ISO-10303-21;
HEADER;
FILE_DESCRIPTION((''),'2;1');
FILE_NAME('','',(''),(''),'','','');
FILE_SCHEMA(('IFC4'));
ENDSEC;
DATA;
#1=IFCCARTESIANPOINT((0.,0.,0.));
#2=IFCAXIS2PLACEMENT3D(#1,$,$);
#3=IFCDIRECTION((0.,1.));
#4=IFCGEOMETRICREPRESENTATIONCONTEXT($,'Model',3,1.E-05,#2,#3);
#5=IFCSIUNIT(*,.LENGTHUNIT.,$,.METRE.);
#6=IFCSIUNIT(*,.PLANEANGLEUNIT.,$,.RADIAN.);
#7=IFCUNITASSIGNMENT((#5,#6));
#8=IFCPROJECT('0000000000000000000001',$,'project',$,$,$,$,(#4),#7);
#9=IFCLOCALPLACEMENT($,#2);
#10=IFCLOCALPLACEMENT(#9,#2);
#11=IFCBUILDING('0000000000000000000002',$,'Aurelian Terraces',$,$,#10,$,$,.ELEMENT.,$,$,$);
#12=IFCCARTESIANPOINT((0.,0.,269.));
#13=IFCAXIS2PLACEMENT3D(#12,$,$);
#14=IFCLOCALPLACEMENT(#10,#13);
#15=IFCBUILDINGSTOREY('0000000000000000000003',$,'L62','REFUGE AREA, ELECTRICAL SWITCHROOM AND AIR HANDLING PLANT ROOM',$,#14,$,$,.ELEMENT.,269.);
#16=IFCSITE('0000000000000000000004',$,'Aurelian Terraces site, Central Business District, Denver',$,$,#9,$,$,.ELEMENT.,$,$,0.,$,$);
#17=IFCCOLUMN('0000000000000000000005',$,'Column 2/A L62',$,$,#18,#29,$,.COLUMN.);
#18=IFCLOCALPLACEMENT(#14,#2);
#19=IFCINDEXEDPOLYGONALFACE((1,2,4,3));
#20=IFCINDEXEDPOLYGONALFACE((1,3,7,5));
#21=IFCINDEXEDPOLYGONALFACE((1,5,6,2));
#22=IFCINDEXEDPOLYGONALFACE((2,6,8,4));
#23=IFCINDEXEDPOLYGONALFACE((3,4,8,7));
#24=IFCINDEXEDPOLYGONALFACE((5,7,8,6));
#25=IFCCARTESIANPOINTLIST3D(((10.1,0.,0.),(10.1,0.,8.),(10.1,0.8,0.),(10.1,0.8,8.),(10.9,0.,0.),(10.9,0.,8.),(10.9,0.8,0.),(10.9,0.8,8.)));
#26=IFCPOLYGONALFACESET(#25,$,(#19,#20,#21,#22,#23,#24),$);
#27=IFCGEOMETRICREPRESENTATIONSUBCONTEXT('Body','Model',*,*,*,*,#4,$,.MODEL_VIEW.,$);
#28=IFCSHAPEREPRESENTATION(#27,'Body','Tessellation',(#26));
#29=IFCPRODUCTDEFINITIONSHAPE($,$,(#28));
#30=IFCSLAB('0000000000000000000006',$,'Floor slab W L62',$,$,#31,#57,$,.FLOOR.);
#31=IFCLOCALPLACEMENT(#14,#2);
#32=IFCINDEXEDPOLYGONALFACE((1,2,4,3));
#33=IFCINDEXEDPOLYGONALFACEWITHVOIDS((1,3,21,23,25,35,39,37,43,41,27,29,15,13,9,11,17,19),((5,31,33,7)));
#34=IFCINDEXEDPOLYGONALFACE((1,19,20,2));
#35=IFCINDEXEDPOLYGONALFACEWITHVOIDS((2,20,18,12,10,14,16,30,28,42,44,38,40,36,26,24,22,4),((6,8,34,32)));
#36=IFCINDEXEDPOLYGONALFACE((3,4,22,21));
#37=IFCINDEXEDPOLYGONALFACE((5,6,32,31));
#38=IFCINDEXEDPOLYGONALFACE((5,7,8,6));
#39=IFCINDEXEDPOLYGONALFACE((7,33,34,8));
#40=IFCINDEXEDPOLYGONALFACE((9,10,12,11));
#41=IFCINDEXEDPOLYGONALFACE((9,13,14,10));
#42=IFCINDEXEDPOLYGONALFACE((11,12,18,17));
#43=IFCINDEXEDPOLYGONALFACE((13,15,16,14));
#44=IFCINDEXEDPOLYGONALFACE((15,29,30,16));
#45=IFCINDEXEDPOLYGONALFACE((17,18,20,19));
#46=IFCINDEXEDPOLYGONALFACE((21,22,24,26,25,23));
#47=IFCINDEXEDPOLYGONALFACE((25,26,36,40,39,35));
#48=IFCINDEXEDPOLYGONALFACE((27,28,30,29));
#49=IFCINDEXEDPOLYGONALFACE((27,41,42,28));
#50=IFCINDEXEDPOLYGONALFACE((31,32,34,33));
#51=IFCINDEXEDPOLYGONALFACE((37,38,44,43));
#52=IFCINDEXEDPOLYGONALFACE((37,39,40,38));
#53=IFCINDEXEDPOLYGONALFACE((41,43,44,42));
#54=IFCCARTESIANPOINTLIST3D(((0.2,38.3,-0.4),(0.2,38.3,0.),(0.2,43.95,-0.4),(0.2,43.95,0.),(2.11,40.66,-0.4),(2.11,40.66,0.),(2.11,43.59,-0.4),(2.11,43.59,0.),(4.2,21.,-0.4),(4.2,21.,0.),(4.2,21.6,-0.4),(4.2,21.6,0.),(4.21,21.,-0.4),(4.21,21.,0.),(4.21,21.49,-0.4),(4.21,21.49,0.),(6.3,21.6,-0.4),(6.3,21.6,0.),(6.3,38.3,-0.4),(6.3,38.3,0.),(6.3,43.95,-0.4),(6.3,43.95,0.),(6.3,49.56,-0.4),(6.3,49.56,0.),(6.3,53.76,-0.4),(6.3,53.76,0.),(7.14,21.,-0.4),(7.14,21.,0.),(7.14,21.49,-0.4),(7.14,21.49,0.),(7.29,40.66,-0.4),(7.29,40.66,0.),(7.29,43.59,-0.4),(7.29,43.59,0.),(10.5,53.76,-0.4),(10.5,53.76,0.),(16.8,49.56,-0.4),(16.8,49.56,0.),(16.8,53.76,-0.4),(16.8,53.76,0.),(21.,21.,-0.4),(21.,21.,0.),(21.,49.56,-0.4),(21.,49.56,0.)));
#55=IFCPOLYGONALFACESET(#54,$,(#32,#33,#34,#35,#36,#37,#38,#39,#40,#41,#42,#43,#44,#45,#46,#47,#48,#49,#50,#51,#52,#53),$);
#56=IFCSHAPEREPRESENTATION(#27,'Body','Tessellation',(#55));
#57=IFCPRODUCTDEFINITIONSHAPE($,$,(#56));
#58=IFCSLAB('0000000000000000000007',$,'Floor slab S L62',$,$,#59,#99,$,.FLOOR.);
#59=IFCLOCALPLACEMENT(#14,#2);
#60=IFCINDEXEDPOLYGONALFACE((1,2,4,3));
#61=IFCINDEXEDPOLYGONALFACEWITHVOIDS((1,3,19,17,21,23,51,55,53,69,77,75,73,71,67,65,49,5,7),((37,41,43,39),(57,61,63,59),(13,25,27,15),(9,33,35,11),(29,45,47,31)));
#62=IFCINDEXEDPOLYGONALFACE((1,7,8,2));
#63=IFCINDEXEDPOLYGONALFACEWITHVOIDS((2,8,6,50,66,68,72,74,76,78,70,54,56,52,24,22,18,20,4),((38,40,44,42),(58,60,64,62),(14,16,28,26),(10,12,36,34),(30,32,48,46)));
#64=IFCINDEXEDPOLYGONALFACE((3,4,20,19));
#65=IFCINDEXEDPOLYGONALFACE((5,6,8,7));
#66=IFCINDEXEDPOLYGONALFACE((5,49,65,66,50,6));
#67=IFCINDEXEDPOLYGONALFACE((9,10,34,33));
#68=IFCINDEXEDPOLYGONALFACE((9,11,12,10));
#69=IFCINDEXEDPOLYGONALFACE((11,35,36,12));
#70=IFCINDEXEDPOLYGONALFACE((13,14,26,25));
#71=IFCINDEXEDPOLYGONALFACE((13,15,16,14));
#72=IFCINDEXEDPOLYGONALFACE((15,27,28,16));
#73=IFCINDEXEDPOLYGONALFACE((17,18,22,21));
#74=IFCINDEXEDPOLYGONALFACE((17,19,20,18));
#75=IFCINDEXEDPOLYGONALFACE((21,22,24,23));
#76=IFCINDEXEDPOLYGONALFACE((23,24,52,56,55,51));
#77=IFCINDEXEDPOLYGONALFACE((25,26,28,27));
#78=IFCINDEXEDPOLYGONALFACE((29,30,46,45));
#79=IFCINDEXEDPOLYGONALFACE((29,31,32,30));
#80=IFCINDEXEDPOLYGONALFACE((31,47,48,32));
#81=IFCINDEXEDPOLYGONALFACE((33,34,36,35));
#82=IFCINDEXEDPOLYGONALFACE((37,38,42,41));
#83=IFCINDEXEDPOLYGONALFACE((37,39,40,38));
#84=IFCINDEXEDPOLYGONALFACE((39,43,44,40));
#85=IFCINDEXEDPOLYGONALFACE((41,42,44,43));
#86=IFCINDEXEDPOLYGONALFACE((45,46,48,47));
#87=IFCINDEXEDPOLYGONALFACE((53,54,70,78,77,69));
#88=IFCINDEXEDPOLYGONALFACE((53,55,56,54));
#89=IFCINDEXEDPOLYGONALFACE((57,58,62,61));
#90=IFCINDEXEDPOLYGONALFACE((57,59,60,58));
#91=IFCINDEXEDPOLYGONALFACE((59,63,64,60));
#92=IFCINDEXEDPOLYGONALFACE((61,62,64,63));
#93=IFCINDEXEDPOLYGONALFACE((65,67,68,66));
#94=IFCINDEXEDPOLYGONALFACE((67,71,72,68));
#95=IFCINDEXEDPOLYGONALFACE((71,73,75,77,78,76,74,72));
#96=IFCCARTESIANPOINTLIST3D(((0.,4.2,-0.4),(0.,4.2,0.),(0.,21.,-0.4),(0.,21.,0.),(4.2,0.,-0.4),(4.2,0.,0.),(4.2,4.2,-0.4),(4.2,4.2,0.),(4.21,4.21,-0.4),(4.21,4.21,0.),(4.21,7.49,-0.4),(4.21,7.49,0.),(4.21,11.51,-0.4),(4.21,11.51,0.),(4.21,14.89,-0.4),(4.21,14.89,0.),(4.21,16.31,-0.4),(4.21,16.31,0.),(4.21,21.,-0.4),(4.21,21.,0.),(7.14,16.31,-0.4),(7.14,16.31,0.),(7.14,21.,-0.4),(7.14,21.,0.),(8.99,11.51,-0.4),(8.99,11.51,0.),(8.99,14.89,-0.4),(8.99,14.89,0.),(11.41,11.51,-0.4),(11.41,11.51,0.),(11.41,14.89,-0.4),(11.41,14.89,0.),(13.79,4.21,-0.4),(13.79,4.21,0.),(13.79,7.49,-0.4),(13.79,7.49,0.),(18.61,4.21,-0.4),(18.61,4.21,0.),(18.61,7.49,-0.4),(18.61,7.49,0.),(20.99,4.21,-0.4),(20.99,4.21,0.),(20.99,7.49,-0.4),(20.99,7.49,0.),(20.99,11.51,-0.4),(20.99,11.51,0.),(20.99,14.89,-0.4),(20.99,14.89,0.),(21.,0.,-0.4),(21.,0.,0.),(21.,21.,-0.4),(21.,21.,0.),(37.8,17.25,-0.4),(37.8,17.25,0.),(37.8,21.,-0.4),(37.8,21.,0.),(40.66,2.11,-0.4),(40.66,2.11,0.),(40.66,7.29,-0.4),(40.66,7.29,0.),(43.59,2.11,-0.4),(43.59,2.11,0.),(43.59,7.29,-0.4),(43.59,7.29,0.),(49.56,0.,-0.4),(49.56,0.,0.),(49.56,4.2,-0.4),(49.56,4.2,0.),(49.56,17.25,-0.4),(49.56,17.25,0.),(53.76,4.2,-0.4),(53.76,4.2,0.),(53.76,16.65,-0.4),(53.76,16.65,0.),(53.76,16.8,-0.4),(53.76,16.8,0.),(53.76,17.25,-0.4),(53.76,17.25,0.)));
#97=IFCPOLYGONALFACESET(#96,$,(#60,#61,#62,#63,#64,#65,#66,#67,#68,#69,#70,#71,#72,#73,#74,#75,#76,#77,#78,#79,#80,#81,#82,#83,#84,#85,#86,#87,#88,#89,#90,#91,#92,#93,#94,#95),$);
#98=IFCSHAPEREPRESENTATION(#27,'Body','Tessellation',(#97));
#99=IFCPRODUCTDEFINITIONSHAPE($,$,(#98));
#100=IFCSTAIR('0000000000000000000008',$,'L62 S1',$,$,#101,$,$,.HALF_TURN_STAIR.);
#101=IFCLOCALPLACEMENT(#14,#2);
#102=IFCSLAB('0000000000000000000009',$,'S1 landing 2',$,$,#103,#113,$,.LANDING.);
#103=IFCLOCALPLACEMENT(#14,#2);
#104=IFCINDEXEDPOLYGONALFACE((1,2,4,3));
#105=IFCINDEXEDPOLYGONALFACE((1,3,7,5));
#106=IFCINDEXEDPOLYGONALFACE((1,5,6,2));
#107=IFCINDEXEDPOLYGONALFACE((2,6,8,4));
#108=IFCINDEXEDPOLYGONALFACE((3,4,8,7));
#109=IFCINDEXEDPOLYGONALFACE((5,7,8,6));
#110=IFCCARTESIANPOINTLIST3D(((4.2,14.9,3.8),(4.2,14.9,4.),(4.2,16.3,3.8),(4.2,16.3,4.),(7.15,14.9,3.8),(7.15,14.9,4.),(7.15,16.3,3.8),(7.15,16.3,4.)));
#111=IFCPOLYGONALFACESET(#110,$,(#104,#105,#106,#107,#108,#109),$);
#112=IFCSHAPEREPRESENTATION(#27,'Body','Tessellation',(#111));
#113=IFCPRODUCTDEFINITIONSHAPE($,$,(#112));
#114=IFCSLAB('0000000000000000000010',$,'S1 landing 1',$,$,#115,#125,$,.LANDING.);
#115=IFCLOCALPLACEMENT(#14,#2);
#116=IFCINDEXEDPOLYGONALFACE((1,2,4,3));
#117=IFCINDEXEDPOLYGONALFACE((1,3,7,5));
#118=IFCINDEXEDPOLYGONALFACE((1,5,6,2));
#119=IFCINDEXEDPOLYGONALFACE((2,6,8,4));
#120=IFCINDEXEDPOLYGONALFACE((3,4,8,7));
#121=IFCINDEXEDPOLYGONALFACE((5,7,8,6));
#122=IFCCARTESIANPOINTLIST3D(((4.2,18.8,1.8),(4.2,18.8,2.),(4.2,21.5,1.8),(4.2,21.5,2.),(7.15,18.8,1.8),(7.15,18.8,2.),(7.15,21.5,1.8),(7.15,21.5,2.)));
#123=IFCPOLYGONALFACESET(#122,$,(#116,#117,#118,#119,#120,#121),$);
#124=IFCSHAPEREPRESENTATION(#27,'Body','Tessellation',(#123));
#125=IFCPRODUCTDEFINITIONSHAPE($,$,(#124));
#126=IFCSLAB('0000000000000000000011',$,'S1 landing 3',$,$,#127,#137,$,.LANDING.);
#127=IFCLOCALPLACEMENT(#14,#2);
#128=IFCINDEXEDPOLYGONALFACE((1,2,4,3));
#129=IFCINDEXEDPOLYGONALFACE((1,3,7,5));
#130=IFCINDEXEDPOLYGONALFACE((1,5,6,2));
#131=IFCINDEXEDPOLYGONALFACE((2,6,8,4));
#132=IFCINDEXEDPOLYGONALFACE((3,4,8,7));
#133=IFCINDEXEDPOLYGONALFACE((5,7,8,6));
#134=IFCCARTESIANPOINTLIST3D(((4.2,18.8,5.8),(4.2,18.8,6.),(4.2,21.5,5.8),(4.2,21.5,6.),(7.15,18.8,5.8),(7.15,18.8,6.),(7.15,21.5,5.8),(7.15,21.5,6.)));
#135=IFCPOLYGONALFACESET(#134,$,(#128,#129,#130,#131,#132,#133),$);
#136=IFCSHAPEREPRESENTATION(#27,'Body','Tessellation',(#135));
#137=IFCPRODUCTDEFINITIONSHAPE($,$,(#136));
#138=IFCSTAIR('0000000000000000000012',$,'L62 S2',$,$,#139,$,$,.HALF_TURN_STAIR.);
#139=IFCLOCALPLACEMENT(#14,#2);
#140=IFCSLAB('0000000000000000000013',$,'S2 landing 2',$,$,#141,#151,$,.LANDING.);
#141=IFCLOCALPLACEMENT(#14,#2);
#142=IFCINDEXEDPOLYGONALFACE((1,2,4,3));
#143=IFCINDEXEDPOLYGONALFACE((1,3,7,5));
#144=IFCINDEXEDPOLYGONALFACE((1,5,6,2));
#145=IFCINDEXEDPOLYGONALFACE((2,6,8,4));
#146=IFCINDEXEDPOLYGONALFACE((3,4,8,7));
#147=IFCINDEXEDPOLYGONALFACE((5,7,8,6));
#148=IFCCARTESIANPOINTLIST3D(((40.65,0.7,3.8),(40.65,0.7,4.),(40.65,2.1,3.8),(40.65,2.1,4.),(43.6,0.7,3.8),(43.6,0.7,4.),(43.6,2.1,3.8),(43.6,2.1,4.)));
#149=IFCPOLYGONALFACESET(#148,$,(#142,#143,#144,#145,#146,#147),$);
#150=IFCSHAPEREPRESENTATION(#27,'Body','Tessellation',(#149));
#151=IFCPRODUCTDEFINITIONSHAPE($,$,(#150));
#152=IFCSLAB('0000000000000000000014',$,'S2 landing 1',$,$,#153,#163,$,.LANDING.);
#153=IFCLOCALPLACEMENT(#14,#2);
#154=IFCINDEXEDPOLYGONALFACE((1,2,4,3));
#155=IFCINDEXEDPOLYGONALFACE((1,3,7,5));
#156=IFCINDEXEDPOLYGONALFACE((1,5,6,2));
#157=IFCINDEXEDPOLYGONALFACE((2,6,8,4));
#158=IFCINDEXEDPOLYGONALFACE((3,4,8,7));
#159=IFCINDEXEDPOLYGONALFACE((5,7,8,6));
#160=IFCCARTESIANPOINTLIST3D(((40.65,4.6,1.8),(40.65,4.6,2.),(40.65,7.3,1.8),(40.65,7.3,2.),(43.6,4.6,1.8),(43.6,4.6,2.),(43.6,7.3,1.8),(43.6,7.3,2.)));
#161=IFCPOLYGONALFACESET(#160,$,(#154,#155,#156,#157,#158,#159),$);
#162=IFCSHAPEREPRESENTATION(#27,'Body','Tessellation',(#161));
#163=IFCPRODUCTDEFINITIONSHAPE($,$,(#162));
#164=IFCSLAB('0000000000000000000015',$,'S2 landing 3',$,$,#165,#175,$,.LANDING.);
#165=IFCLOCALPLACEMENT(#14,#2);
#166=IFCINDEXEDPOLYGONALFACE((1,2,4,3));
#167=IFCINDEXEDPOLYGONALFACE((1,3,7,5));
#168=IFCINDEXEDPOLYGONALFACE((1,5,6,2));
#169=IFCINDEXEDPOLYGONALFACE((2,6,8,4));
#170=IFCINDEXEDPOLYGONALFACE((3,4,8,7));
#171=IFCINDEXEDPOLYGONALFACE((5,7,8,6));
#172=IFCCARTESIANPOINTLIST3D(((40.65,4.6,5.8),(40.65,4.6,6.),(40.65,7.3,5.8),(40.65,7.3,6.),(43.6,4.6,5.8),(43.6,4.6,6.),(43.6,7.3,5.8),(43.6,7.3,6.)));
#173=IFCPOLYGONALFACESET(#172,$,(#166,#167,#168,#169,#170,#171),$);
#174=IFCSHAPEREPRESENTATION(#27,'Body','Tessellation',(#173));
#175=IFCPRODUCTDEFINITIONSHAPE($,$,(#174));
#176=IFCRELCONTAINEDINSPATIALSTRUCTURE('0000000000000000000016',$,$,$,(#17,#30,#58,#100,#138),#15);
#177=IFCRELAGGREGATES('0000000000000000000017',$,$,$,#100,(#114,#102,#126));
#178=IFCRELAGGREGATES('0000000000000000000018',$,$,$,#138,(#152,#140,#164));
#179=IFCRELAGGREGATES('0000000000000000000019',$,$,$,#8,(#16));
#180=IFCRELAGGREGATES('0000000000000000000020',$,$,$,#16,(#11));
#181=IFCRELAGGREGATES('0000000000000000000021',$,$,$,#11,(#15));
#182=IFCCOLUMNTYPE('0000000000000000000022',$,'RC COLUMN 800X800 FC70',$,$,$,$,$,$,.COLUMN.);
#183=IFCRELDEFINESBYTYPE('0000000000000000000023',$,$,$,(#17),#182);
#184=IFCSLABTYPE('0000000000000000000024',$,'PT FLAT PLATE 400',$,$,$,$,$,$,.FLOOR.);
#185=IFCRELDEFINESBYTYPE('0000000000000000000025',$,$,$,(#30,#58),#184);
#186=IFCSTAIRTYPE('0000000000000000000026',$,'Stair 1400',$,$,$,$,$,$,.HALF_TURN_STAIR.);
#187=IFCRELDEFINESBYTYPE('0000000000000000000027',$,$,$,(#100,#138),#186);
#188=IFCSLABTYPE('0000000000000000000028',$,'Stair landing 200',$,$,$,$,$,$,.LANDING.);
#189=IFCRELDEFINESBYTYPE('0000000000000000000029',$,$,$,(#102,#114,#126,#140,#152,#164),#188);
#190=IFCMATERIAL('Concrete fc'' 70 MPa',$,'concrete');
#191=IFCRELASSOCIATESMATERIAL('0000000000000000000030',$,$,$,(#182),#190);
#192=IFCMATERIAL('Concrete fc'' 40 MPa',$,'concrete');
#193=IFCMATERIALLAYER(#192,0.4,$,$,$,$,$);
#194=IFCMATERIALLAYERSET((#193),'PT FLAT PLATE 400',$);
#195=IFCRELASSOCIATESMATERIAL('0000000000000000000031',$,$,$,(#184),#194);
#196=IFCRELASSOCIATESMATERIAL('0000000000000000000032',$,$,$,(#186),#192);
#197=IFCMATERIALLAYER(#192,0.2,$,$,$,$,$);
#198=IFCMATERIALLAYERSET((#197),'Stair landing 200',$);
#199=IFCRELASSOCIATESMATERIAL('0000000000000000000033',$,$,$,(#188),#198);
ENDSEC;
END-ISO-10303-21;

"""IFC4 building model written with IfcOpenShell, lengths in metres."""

from ifc_helpers import new_model, si_unit, direction, frame, origin, origin_2d, place, context, subcontext, project, spatial, polyline, rectangle, outline, extrude, source, transform, mapped, material, layer, layer_set, material_profile, profile_set, type_object, element, aggregate, save


model = new_model("IFC4")

# Units and contexts
model_context = context("Model", 3, precision=1e-05, world=origin(), true_north=direction((0.0, 1.0)))
body_context = subcontext(model_context, "Body", "Model", "MODEL_VIEW")
ifc_project = project(units=[si_unit("LENGTHUNIT", "METRE"), si_unit("PLANEANGLEUNIT", "RADIAN")], contexts=[model_context])

# Site, building, storey
site_placement = place(None, origin())
site = spatial("IfcSite", under=ifc_project, at=site_placement, Name="Aurelian Terraces site, Central Business District, Denver", CompositionType="ELEMENT", RefElevation=0.0)
building_placement = place(site_placement, origin())
building = spatial("IfcBuilding", under=site, at=building_placement, Name="Aurelian Terraces", CompositionType="ELEMENT")
storey_placement = place(building_placement, frame((0.0, 0.0, 269.0)))
storey = spatial("IfcBuildingStorey", under=building, at=storey_placement, Name="L62", Description="REFUGE AREA, ELECTRICAL SWITCHROOM AND AIR HANDLING PLANT ROOM", CompositionType="ELEMENT", Elevation=269.0)

# Column
ifc_material_1 = material(Name="Concrete fc' 70 MPa", Category="concrete")
ifc_material_profile = material_profile(ifc_material_1, rectangle(XDim=0.8, YDim=0.8, at=origin_2d()))
ifc_profile_set = profile_set([ifc_material_profile], Name="Concrete fc' 70 MPa")
column_type = type_object("IfcColumnType", Name="RC COLUMN 800X800 FC70", PredefinedType="COLUMN", material=ifc_profile_set)
column_placement = place(storey_placement, frame((10.5, 0.4, 0.0), z_axis=(0.0, 0.0, 1.0), x_axis=(1.0, 0.0, 0.0)))
element("IfcColumn", 1, at=column_placement, inside=storey, type_object=column_type, Name="Column 2/A L62", PredefinedType="COLUMN", context=body_context, shape_type="SweptSolid", body=[
    extrude(rectangle(XDim=0.8, YDim=0.8, at=origin_2d()), origin(), (0.0, 0.0, 1.0), 8.0),
])

# Slabs
ifc_material_2 = material(Name="Concrete fc' 40 MPa", Category="concrete")
ifc_layer_1 = layer(ifc_material_2, 0.4)
ifc_layer_set_1 = layer_set([ifc_layer_1], Name="PT FLAT PLATE 400")
slab_type_1 = type_object("IfcSlabType", Name="PT FLAT PLATE 400", PredefinedType="FLOOR", material=ifc_layer_set_1)
shared_shape_1 = source(origin(), body_context, "Body", "SweptSolid", [
    extrude(outline(polyline([(0.2, 43.95), (6.3, 43.95), (6.3, 49.56), (6.3, 53.76), (10.5, 53.76), (16.8, 53.76), (16.8, 49.56), (21.0, 49.56), (21.0, 21.0), (7.14, 21.0), (7.14, 21.49), (4.21, 21.49), (4.21, 21.0), (4.2, 21.0), (4.2, 21.6), (6.3, 21.6), (6.3, 38.3), (0.2, 38.3), (0.2, 43.95)]), holes=[polyline([(7.29, 43.59), (2.11, 43.59), (2.11, 40.66), (7.29, 40.66), (7.29, 43.59)])]), origin(), (0.0, 0.0, 1.0), 0.4),
])
slab_1_placement = place(storey_placement, frame((0.0, 0.0, -0.4)))
element("IfcSlab", 2, at=slab_1_placement, inside=storey, type_object=slab_type_1, Name="Floor slab W L62", PredefinedType="FLOOR", context=body_context, shape_type="MappedRepresentation", body=[
    mapped(shared_shape_1, transform((0.0, 0.0, 0.0), scale=1.0)),
])
shared_shape_2 = source(origin(), body_context, "Body", "SweptSolid", [
    extrude(outline(polyline([(53.76, 4.2), (49.56, 4.2), (49.56, 0.0), (21.0, 0.0), (4.2, 0.0), (4.2, 4.2), (0.0, 4.2), (0.0, 21.0), (4.21, 21.0), (4.21, 16.31), (7.14, 16.31), (7.14, 21.0), (21.0, 21.0), (37.8, 21.0), (37.8, 17.25), (49.56, 17.25), (53.76, 17.25), (53.76, 16.8), (53.76, 16.65), (53.76, 4.2)]), holes=[polyline([(40.66, 2.11), (43.59, 2.11), (43.59, 7.29), (40.66, 7.29), (40.66, 2.11)]), polyline([(18.61, 7.49), (18.61, 4.21), (20.99, 4.21), (20.99, 7.49), (18.61, 7.49)]), polyline([(20.99, 14.89), (11.41, 14.89), (11.41, 11.51), (20.99, 11.51), (20.99, 14.89)]), polyline([(4.21, 7.49), (4.21, 4.21), (13.79, 4.21), (13.79, 7.49), (4.21, 7.49)]), polyline([(4.21, 14.89), (4.21, 11.51), (8.99, 11.51), (8.99, 14.89), (4.21, 14.89)])]), origin(), (0.0, 0.0, 1.0), 0.4),
])
slab_2_placement = place(storey_placement, frame((0.0, 0.0, -0.4)))
element("IfcSlab", 3, at=slab_2_placement, inside=storey, type_object=slab_type_1, Name="Floor slab S L62", PredefinedType="FLOOR", context=body_context, shape_type="MappedRepresentation", body=[
    mapped(shared_shape_2, transform((0.0, 0.0, 0.0), scale=1.0)),
])

# Stairs, slabs
stair_type = type_object("IfcStairType", Name="Stair 1400", PredefinedType="HALF_TURN_STAIR", material=ifc_material_2)
stair_1_placement = place(storey_placement, origin())
stair_1 = element("IfcStair", 4, at=stair_1_placement, inside=storey, type_object=stair_type, Name="L62 S1", PredefinedType="HALF_TURN_STAIR")
ifc_layer_2 = layer(ifc_material_2, 0.2)
ifc_layer_set_2 = layer_set([ifc_layer_2], Name="Stair landing 200")
slab_type_2 = type_object("IfcSlabType", Name="Stair landing 200", PredefinedType="LANDING", material=ifc_layer_set_2)
shared_shape_3 = source(origin(), body_context, "Body", "SweptSolid", [
    extrude(outline(polyline([(7.15, 14.9), (7.15, 16.3), (4.2, 16.3), (4.2, 14.9), (7.15, 14.9)])), origin(), (0.0, 0.0, 1.0), 0.2),
])
slab_3_placement = place(storey_placement, frame((0.0, 0.0, 3.8)))
slab_3 = element("IfcSlab", 5, at=slab_3_placement, type_object=slab_type_2, Name="S1 landing 2", PredefinedType="LANDING", context=body_context, shape_type="MappedRepresentation", body=[
    mapped(shared_shape_3, transform((0.0, 0.0, 0.0), scale=1.0)),
])
shared_shape_4 = source(origin(), body_context, "Body", "SweptSolid", [
    extrude(outline(polyline([(7.15, 18.8), (7.15, 21.5), (4.2, 21.5), (4.2, 18.8), (7.15, 18.8)])), origin(), (0.0, 0.0, 1.0), 0.2),
])
slab_4_placement = place(storey_placement, frame((0.0, 0.0, 1.8)))
slab_4 = element("IfcSlab", 6, at=slab_4_placement, type_object=slab_type_2, Name="S1 landing 1", PredefinedType="LANDING", context=body_context, shape_type="MappedRepresentation", body=[
    mapped(shared_shape_4, transform((0.0, 0.0, 0.0), scale=1.0)),
])
slab_5_placement = place(storey_placement, frame((0.0, 0.0, 5.8)))
slab_5 = element("IfcSlab", 7, at=slab_5_placement, type_object=slab_type_2, Name="S1 landing 3", PredefinedType="LANDING", context=body_context, shape_type="MappedRepresentation", body=[
    mapped(shared_shape_4, transform((0.0, 0.0, 0.0), scale=1.0)),
])
aggregate(stair_1, [slab_4, slab_3, slab_5])
stair_2_placement = place(storey_placement, origin())
stair_2 = element("IfcStair", 8, at=stair_2_placement, inside=storey, type_object=stair_type, Name="L62 S2", PredefinedType="HALF_TURN_STAIR")
shared_shape_5 = source(origin(), body_context, "Body", "SweptSolid", [
    extrude(outline(polyline([(43.6, 0.7), (43.6, 2.1), (40.65, 2.1), (40.65, 0.7), (43.6, 0.7)])), origin(), (0.0, 0.0, 1.0), 0.2),
])
slab_6_placement = place(storey_placement, frame((0.0, 0.0, 3.8)))
slab_6 = element("IfcSlab", 9, at=slab_6_placement, type_object=slab_type_2, Name="S2 landing 2", PredefinedType="LANDING", context=body_context, shape_type="MappedRepresentation", body=[
    mapped(shared_shape_5, transform((0.0, 0.0, 0.0), scale=1.0)),
])
shared_shape_6 = source(origin(), body_context, "Body", "SweptSolid", [
    extrude(outline(polyline([(43.6, 4.6), (43.6, 7.3), (40.65, 7.3), (40.65, 4.6), (43.6, 4.6)])), origin(), (0.0, 0.0, 1.0), 0.2),
])
slab_7_placement = place(storey_placement, frame((0.0, 0.0, 1.8)))
slab_7 = element("IfcSlab", 10, at=slab_7_placement, type_object=slab_type_2, Name="S2 landing 1", PredefinedType="LANDING", context=body_context, shape_type="MappedRepresentation", body=[
    mapped(shared_shape_6, transform((0.0, 0.0, 0.0), scale=1.0)),
])
slab_8_placement = place(storey_placement, frame((0.0, 0.0, 5.8)))
slab_8 = element("IfcSlab", 11, at=slab_8_placement, type_object=slab_type_2, Name="S2 landing 3", PredefinedType="LANDING", context=body_context, shape_type="MappedRepresentation", body=[
    mapped(shared_shape_6, transform((0.0, 0.0, 0.0), scale=1.0)),
])
aggregate(stair_2, [slab_7, slab_6, slab_8])

save(model, "model.ifc")
